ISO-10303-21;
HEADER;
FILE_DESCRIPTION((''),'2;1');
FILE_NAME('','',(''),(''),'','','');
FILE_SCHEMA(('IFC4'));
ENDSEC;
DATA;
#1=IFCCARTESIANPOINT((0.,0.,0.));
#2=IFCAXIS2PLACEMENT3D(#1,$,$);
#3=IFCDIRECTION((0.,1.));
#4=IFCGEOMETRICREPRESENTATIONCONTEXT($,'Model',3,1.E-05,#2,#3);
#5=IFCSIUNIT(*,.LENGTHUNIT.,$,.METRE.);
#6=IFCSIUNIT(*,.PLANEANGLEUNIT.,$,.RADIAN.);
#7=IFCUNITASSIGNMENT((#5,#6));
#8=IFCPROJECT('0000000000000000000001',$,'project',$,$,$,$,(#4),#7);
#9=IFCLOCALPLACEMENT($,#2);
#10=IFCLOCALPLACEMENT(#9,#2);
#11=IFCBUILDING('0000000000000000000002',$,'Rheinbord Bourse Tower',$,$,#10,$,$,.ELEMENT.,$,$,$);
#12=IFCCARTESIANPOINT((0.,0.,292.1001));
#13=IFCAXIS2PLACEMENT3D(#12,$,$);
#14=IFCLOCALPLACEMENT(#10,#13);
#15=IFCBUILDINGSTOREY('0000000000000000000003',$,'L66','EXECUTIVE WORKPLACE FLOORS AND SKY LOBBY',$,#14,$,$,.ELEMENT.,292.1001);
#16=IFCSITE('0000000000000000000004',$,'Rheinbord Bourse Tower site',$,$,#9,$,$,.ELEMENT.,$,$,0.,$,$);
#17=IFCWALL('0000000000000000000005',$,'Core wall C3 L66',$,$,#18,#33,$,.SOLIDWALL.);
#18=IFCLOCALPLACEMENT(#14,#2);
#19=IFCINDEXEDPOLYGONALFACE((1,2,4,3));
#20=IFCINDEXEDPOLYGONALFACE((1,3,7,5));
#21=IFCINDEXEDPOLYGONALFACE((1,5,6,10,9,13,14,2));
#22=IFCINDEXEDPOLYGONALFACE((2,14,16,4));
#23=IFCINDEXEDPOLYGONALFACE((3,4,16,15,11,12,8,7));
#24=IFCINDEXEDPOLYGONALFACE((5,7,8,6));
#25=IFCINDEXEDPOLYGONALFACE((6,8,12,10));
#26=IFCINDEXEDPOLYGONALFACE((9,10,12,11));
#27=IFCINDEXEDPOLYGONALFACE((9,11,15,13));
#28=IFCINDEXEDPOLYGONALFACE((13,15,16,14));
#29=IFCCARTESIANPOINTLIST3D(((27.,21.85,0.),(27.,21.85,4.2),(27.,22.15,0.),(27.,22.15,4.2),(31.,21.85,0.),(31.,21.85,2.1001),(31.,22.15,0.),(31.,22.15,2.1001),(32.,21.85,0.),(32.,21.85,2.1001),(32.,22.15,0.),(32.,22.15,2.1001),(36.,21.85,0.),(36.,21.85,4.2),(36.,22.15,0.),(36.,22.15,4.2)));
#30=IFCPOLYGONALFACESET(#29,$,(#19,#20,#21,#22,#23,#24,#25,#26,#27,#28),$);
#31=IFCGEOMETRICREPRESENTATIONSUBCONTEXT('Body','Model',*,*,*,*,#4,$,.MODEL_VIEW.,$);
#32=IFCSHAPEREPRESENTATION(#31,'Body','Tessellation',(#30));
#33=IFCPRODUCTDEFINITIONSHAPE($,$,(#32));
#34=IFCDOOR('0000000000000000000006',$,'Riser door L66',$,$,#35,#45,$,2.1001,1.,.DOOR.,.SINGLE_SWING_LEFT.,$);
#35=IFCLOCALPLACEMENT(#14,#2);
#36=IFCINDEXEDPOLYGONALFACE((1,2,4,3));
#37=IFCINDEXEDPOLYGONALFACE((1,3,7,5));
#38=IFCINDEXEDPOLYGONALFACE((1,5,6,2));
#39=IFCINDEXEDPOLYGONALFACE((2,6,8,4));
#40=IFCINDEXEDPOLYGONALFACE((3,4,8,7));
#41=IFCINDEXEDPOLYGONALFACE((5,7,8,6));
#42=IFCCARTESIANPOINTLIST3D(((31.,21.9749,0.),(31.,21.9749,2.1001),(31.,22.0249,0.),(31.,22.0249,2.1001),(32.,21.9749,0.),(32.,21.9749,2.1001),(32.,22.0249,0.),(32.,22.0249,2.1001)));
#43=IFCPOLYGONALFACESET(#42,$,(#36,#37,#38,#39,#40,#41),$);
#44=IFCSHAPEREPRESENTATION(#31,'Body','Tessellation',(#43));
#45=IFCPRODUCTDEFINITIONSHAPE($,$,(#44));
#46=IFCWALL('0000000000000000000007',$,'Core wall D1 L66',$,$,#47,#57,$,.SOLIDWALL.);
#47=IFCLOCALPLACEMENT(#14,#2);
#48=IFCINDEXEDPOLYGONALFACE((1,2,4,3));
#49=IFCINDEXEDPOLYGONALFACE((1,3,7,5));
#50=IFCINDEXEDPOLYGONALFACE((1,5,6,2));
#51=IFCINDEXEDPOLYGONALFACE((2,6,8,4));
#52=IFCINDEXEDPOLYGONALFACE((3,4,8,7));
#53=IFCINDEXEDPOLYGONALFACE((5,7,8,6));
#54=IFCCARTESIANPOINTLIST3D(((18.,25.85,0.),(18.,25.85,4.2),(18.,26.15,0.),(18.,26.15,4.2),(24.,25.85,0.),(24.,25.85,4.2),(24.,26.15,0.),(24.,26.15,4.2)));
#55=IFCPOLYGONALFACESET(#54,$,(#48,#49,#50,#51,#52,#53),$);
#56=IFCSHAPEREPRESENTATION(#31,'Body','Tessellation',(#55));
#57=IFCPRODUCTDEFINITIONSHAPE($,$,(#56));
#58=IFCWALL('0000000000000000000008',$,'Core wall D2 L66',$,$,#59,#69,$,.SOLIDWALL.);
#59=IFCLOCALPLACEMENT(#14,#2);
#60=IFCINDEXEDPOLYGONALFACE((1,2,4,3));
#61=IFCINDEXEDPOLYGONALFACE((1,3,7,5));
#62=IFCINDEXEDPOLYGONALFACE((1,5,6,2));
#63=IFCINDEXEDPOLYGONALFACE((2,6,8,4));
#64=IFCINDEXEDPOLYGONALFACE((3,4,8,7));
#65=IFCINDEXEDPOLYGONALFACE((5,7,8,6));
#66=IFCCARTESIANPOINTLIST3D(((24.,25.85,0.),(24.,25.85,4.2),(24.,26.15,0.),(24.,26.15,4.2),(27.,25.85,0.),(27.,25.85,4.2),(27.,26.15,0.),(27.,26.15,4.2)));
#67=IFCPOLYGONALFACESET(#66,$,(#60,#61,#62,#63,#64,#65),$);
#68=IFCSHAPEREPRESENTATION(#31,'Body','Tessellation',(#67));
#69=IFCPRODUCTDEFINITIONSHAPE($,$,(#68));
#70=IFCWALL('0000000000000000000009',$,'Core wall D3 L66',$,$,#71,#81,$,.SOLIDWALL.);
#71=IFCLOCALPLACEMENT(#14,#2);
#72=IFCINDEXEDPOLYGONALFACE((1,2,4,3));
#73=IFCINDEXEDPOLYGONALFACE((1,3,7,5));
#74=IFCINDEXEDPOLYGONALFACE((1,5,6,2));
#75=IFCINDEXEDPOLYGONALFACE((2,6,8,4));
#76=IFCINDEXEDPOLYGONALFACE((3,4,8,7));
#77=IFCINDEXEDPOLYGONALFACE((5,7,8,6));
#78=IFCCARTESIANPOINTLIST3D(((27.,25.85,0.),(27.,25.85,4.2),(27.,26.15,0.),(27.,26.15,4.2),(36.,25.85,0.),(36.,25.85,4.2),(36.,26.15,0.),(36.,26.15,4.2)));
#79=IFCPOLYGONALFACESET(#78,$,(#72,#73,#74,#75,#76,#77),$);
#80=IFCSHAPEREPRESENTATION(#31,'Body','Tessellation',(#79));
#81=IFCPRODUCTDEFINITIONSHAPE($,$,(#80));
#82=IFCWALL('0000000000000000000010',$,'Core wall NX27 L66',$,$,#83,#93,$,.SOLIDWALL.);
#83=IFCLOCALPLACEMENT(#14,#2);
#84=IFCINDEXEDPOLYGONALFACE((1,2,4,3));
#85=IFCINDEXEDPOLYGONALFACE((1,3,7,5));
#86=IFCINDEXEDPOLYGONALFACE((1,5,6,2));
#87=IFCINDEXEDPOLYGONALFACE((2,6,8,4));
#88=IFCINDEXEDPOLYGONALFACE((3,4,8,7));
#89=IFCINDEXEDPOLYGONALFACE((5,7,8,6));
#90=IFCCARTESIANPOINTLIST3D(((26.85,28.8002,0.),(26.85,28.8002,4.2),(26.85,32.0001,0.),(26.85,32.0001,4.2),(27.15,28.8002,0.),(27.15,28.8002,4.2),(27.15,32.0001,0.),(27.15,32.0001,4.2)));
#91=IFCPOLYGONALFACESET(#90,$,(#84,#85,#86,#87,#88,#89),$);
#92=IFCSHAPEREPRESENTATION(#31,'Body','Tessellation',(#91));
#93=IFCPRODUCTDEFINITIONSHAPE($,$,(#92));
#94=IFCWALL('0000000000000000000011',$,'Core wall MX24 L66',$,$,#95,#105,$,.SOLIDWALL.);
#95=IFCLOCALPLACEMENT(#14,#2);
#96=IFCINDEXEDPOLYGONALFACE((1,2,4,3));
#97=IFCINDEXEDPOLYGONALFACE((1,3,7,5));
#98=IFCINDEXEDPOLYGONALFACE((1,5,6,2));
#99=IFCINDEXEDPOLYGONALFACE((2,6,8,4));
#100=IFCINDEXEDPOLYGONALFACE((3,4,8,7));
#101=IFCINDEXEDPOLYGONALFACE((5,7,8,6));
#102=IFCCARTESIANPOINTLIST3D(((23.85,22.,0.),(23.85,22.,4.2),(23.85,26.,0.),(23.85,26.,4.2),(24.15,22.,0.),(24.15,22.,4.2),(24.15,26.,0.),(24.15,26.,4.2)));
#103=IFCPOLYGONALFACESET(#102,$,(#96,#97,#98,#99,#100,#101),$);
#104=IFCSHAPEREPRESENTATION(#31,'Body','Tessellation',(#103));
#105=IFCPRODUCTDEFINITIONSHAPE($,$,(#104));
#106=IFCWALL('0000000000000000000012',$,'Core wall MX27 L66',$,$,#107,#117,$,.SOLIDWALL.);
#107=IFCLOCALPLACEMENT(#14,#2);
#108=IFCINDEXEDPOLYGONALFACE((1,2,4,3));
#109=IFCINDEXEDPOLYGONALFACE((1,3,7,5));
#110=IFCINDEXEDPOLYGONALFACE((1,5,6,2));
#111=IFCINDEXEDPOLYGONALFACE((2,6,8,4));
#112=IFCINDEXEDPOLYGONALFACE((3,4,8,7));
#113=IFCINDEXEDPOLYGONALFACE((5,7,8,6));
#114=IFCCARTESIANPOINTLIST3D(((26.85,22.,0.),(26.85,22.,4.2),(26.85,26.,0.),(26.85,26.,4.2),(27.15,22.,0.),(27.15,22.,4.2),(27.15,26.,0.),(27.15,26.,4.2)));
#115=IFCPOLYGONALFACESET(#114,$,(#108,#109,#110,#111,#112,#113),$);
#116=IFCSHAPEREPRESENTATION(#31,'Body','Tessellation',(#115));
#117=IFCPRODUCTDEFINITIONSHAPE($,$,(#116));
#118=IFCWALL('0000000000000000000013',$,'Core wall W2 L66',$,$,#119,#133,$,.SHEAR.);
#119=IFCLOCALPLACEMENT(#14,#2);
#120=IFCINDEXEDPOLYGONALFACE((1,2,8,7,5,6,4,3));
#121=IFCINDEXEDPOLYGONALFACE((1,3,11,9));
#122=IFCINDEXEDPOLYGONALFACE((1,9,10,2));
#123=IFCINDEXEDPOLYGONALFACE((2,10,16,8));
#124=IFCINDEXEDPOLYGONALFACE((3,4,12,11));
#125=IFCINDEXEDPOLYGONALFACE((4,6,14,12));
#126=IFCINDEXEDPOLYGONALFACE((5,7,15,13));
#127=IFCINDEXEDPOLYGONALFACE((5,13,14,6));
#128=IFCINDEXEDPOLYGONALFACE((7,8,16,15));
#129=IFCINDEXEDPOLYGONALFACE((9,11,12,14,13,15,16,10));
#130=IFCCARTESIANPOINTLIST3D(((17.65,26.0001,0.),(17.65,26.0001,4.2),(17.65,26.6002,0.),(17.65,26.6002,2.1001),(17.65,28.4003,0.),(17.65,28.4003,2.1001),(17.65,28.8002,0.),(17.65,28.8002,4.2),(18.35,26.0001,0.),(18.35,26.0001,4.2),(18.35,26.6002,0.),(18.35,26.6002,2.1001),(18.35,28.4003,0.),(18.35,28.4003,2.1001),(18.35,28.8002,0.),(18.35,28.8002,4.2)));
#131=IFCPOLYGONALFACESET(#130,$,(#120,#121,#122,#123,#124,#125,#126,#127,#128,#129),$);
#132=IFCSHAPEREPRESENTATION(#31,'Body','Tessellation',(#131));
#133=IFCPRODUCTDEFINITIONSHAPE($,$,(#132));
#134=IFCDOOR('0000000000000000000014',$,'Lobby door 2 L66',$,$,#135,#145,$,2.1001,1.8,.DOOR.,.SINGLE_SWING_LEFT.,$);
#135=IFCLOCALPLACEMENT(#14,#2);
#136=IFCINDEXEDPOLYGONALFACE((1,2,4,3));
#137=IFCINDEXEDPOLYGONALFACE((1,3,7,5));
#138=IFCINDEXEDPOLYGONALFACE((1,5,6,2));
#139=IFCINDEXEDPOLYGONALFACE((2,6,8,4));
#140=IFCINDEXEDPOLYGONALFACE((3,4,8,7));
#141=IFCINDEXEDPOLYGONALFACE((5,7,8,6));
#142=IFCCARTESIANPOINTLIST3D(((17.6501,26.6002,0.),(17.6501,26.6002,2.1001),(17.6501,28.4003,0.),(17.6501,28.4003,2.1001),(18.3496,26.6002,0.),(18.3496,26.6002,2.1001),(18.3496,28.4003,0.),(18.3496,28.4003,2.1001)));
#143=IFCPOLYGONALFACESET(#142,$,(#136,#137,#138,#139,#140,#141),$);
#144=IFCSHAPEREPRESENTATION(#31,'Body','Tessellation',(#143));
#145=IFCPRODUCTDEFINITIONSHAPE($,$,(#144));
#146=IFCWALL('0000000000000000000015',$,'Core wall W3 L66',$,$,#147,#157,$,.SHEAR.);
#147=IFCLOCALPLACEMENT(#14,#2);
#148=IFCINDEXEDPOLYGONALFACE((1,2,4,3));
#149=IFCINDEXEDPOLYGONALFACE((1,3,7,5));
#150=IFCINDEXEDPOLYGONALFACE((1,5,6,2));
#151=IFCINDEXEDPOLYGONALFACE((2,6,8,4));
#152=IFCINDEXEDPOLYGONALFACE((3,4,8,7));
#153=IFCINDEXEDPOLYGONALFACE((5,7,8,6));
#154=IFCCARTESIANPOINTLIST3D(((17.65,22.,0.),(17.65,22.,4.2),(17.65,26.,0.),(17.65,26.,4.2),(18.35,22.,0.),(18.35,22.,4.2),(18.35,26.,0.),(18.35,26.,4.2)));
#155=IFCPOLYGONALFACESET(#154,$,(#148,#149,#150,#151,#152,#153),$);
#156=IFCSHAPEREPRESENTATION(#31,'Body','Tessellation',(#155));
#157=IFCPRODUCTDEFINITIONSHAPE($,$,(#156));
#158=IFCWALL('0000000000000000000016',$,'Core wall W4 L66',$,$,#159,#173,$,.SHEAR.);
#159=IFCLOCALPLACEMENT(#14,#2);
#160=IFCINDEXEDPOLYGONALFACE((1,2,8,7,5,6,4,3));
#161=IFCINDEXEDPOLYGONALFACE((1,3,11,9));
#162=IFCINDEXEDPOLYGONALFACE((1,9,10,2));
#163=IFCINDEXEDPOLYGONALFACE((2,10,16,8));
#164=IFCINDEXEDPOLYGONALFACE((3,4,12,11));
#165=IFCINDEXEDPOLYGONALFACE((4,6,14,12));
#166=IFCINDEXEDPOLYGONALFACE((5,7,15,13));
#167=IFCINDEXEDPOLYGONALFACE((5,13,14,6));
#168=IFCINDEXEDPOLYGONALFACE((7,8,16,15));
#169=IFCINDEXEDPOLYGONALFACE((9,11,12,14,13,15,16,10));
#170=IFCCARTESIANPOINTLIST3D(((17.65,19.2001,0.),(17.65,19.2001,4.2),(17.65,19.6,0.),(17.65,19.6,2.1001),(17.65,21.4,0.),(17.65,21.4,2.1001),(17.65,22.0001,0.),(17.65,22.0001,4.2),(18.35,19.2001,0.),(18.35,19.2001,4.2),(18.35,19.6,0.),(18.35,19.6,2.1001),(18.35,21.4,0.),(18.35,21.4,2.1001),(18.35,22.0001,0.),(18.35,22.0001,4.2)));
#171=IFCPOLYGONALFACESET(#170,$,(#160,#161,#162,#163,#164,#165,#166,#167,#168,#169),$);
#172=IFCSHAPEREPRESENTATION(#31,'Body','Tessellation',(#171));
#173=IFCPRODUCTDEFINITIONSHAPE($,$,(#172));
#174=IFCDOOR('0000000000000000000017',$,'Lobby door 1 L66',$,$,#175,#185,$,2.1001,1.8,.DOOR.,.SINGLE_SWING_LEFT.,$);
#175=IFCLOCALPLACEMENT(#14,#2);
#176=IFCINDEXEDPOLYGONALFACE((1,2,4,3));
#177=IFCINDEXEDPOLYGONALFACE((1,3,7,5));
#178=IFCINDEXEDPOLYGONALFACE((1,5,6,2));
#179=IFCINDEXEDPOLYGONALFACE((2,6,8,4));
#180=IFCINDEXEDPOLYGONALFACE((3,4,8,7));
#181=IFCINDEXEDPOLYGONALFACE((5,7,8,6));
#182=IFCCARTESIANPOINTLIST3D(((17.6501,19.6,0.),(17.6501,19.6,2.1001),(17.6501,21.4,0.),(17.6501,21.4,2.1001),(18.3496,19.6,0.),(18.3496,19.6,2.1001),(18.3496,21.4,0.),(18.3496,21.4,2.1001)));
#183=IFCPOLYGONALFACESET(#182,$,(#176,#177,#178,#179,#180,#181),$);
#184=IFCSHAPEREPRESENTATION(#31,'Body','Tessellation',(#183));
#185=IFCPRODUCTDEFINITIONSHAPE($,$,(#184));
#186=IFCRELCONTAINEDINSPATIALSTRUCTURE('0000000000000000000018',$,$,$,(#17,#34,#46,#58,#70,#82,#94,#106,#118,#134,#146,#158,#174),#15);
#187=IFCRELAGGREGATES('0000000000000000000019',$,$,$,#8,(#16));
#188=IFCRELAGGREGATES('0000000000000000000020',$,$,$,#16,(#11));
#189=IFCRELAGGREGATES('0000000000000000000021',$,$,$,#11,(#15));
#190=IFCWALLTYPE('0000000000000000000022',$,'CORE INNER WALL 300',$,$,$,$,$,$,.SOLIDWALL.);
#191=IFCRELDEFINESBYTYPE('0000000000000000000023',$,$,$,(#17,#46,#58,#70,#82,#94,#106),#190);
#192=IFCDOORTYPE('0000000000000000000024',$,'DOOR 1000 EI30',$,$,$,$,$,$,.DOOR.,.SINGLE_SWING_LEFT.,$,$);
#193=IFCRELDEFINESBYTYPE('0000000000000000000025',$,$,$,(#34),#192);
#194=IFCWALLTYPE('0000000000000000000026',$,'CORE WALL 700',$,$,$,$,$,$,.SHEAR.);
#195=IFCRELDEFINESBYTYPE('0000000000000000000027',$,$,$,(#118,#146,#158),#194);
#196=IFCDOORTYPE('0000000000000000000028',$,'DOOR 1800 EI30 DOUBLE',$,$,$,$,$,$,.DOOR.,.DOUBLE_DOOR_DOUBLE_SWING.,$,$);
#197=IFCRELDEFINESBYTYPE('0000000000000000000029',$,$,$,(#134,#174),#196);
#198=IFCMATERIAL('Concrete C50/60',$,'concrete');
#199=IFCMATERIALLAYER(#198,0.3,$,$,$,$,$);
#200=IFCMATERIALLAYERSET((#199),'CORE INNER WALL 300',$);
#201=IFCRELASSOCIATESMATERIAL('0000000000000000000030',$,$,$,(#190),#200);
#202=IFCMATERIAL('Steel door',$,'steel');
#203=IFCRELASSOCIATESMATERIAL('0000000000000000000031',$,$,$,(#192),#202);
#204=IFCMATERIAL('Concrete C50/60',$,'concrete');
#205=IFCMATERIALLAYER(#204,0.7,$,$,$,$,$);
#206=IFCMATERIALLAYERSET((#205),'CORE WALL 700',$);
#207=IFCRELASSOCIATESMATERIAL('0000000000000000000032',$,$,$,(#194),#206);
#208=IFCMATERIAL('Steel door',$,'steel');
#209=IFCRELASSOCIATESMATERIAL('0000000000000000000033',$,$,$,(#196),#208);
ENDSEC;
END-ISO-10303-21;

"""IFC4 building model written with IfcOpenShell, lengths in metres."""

from ifc_helpers import new_model, si_unit, direction, frame, frame_2d, origin, place, context, subcontext, project, spatial, rectangle, extrude, material, layer, layer_set, type_object, element, fill, save


model = new_model("IFC4")

# Units and contexts
model_context = context("Model", 3, precision=1e-05, world=origin(), true_north=direction((0.0, 1.0)))
body_context = subcontext(model_context, "Body", "Model", "MODEL_VIEW")
ifc_project = project(units=[si_unit("LENGTHUNIT", "METRE"), si_unit("PLANEANGLEUNIT", "RADIAN")], contexts=[model_context])

# Site, building, storey
site_placement = place(None, origin())
site = spatial("IfcSite", under=ifc_project, at=site_placement, Name="Rheinbord Bourse Tower site", CompositionType="ELEMENT", RefElevation=0.0)
building_placement = place(site_placement, origin())
building = spatial("IfcBuilding", under=site, at=building_placement, Name="Rheinbord Bourse Tower", CompositionType="ELEMENT")
storey_placement = place(building_placement, frame((0.0, 0.0, 292.1001)))
storey = spatial("IfcBuildingStorey", under=building, at=storey_placement, Name="L66", Description="EXECUTIVE WORKPLACE FLOORS AND SKY LOBBY", CompositionType="ELEMENT", Elevation=292.1001)

# Wall, opening, door
ifc_material_1 = material(Name="Concrete C50/60", Category="concrete")
ifc_layer_1 = layer(ifc_material_1, 0.3)
ifc_layer_set_1 = layer_set([ifc_layer_1], Name="CORE INNER WALL 300")
wall_type_1 = type_object("IfcWallType", Name="CORE INNER WALL 300", PredefinedType="SOLIDWALL", material=ifc_layer_set_1)
ifc_material_2 = material(Name="Steel door", Category="steel")
door_type_1 = type_object("IfcDoorType", Name="DOOR 1000 EI30", OperationType="SINGLE_SWING_LEFT", PredefinedType="DOOR", material=ifc_material_2)
wall_1_placement = place(storey_placement, frame((27.0, 22.0, 0.0), z_axis=(0.0, 0.0, 1.0), x_axis=(1.0, 0.0, 0.0)))
wall_1 = element("IfcWall", 1, at=wall_1_placement, inside=storey, type_object=wall_type_1, Name="Core wall C3 L66", PredefinedType="SOLIDWALL", context=body_context, shape_type="SweptSolid", body=[
    extrude(rectangle(XDim=9.0, YDim=0.3, at=frame_2d((4.5, 0.0))), origin(), (0.0, 0.0, 1.0), 4.2),
])
opening_1_placement = place(wall_1_placement, frame((4.0, 0.0, 0.0)))
opening_1 = element("IfcOpeningElement", 2, at=opening_1_placement, cuts=wall_1, PredefinedType="OPENING", context=body_context, shape_type="SweptSolid", body=[
    extrude(rectangle(XDim=1.0, YDim=2.1001, at=frame_2d((0.5, 1.05))), frame((0.0, 0.1599, 0.0), z_axis=(0.0, -1.0, 0.0), x_axis=(1.0, 0.0, 0.0)), (0.0, 0.0, 1.0), 0.3201),
])
door_1_placement = place(opening_1_placement, origin())
door_1 = element("IfcDoor", 3, at=door_1_placement, inside=storey, type_object=door_type_1, Name="Riser door L66", OperationType="SINGLE_SWING_LEFT", OverallHeight=2.1001, OverallWidth=1.0, PredefinedType="DOOR", context=body_context, shape_type="SweptSolid", body=[
    extrude(rectangle(XDim=1.0, YDim=2.1001, at=frame_2d((0.5, 1.05))), frame((0.0, 0.0249, 0.0), z_axis=(0.0, -1.0, 0.0), x_axis=(1.0, 0.0, 0.0)), (0.0, 0.0, 1.0), 0.05),
])
fill(opening_1, door_1)

# Walls
wall_2_placement = place(storey_placement, frame((18.0, 26.0, 0.0), z_axis=(0.0, 0.0, 1.0), x_axis=(1.0, 0.0, 0.0)))
element("IfcWall", 4, at=wall_2_placement, inside=storey, type_object=wall_type_1, Name="Core wall D1 L66", PredefinedType="SOLIDWALL", context=body_context, shape_type="SweptSolid", body=[
    extrude(rectangle(XDim=6.0, YDim=0.3, at=frame_2d((3.0, 0.0))), origin(), (0.0, 0.0, 1.0), 4.2),
])
wall_3_placement = place(storey_placement, frame((24.0, 26.0, 0.0), z_axis=(0.0, 0.0, 1.0), x_axis=(1.0, 0.0, 0.0)))
element("IfcWall", 5, at=wall_3_placement, inside=storey, type_object=wall_type_1, Name="Core wall D2 L66", PredefinedType="SOLIDWALL", context=body_context, shape_type="SweptSolid", body=[
    extrude(rectangle(XDim=3.0, YDim=0.3, at=frame_2d((1.5, 0.0))), origin(), (0.0, 0.0, 1.0), 4.2),
])
wall_4_placement = place(storey_placement, frame((27.0, 26.0, 0.0), z_axis=(0.0, 0.0, 1.0), x_axis=(1.0, 0.0, 0.0)))
element("IfcWall", 6, at=wall_4_placement, inside=storey, type_object=wall_type_1, Name="Core wall D3 L66", PredefinedType="SOLIDWALL", context=body_context, shape_type="SweptSolid", body=[
    extrude(rectangle(XDim=9.0, YDim=0.3, at=frame_2d((4.5, 0.0))), origin(), (0.0, 0.0, 1.0), 4.2),
])
wall_5_placement = place(storey_placement, frame((27.0, 28.8, 0.0), z_axis=(0.0, 0.0, 1.0), x_axis=(0.0, 1.0, 0.0)))
element("IfcWall", 7, at=wall_5_placement, inside=storey, type_object=wall_type_1, Name="Core wall NX27 L66", PredefinedType="SOLIDWALL", context=body_context, shape_type="SweptSolid", body=[
    extrude(rectangle(XDim=3.2, YDim=0.3, at=frame_2d((1.6001, 0.0))), origin(), (0.0, 0.0, 1.0), 4.2),
])
for number, where, z_axis, x_axis, name in (
    (8, (24.0, 22.0, 0.0), (0.0, 0.0, 1.0), (0.0, 1.0, 0.0), "Core wall MX24 L66"),
    (9, (27.0, 22.0, 0.0), (0.0, 0.0, 1.0), (0.0, 1.0, 0.0), "Core wall MX27 L66"),
):
    element("IfcWall", number, at=place(storey_placement, frame(where, z_axis=z_axis, x_axis=x_axis)), inside=storey, type_object=wall_type_1, Name=name, PredefinedType="SOLIDWALL", context=body_context, shape_type="SweptSolid", body=[
        extrude(rectangle(XDim=4.0, YDim=0.3, at=frame_2d((2.0, 0.0))), origin(), (0.0, 0.0, 1.0), 4.2),
    ])

# Wall, opening, door
ifc_material_3 = material(Name="Concrete C50/60", Category="concrete")
ifc_layer_2 = layer(ifc_material_3, 0.7)
ifc_layer_set_2 = layer_set([ifc_layer_2], Name="CORE WALL 700")
wall_type_2 = type_object("IfcWallType", Name="CORE WALL 700", PredefinedType="SHEAR", material=ifc_layer_set_2)
wall_6_placement = place(storey_placement, frame((18.0, 28.8, 0.0), z_axis=(0.0, 0.0, 1.0), x_axis=(0.0, -1.0, 0.0)))
wall_6 = element("IfcWall", 10, at=wall_6_placement, inside=storey, type_object=wall_type_2, Name="Core wall W2 L66", PredefinedType="SHEAR", context=body_context, shape_type="SweptSolid", body=[
    extrude(rectangle(XDim=2.8, YDim=0.7, at=frame_2d((1.3999, 0.0))), origin(), (0.0, 0.0, 1.0), 4.2),
])
opening_2_placement = place(wall_6_placement, frame((0.3999, 0.0, 0.0)))
opening_2 = element("IfcOpeningElement", 11, at=opening_2_placement, cuts=wall_6, PredefinedType="OPENING", context=body_context, shape_type="SweptSolid", body=[
    extrude(rectangle(XDim=1.8, YDim=2.1001, at=frame_2d((0.8999, 1.05))), frame((0.0, 0.3599, 0.0), z_axis=(0.0, -1.0, 0.0), x_axis=(1.0, 0.0, 0.0)), (0.0, 0.0, 1.0), 0.72),
])
ifc_material_4 = material(Name="Steel door", Category="steel")
door_type_2 = type_object("IfcDoorType", Name="DOOR 1800 EI30 DOUBLE", OperationType="DOUBLE_DOOR_DOUBLE_SWING", PredefinedType="DOOR", material=ifc_material_4)
door_2_placement = place(opening_2_placement, origin())
door_2 = element("IfcDoor", 12, at=door_2_placement, inside=storey, type_object=door_type_2, Name="Lobby door 2 L66", OperationType="SINGLE_SWING_LEFT", OverallHeight=2.1001, OverallWidth=1.8, PredefinedType="DOOR", context=body_context, shape_type="SweptSolid", body=[
    extrude(rectangle(XDim=1.8, YDim=2.1001, at=frame_2d((0.8999, 1.05))), frame((0.0, 0.3496, 0.0), z_axis=(0.0, -1.0, 0.0), x_axis=(1.0, 0.0, 0.0)), (0.0, 0.0, 1.0), 0.6995),
])
fill(opening_2, door_2)

# Wall
wall_7_placement = place(storey_placement, frame((18.0, 26.0, 0.0), z_axis=(0.0, 0.0, 1.0), x_axis=(0.0, -1.0, 0.0)))
element("IfcWall", 13, at=wall_7_placement, inside=storey, type_object=wall_type_2, Name="Core wall W3 L66", PredefinedType="SHEAR", context=body_context, shape_type="SweptSolid", body=[
    extrude(rectangle(XDim=4.0, YDim=0.7, at=frame_2d((2.0, 0.0))), origin(), (0.0, 0.0, 1.0), 4.2),
])

# Wall, opening, door
wall_8_placement = place(storey_placement, frame((18.0, 22.0, 0.0), z_axis=(0.0, 0.0, 1.0), x_axis=(0.0, -1.0, 0.0)))
wall_8 = element("IfcWall", 14, at=wall_8_placement, inside=storey, type_object=wall_type_2, Name="Core wall W4 L66", PredefinedType="SHEAR", context=body_context, shape_type="SweptSolid", body=[
    extrude(rectangle(XDim=2.8, YDim=0.7, at=frame_2d((1.3999, 0.0))), origin(), (0.0, 0.0, 1.0), 4.2),
])
opening_3_placement = place(wall_8_placement, frame((0.6001, 0.0, 0.0)))
opening_3 = element("IfcOpeningElement", 15, at=opening_3_placement, cuts=wall_8, PredefinedType="OPENING", context=body_context, shape_type="SweptSolid", body=[
    extrude(rectangle(XDim=1.8, YDim=2.1001, at=frame_2d((0.8999, 1.05))), frame((0.0, 0.3599, 0.0), z_axis=(0.0, -1.0, 0.0), x_axis=(1.0, 0.0, 0.0)), (0.0, 0.0, 1.0), 0.72),
])
door_3_placement = place(opening_3_placement, origin())
door_3 = element("IfcDoor", 16, at=door_3_placement, inside=storey, type_object=door_type_2, Name="Lobby door 1 L66", OperationType="SINGLE_SWING_LEFT", OverallHeight=2.1001, OverallWidth=1.8, PredefinedType="DOOR", context=body_context, shape_type="SweptSolid", body=[
    extrude(rectangle(XDim=1.8, YDim=2.1001, at=frame_2d((0.8999, 1.05))), frame((0.0, 0.3496, 0.0), z_axis=(0.0, -1.0, 0.0), x_axis=(1.0, 0.0, 0.0)), (0.0, 0.0, 1.0), 0.6995),
])
fill(opening_3, door_3)

save(model, "model.ifc")
